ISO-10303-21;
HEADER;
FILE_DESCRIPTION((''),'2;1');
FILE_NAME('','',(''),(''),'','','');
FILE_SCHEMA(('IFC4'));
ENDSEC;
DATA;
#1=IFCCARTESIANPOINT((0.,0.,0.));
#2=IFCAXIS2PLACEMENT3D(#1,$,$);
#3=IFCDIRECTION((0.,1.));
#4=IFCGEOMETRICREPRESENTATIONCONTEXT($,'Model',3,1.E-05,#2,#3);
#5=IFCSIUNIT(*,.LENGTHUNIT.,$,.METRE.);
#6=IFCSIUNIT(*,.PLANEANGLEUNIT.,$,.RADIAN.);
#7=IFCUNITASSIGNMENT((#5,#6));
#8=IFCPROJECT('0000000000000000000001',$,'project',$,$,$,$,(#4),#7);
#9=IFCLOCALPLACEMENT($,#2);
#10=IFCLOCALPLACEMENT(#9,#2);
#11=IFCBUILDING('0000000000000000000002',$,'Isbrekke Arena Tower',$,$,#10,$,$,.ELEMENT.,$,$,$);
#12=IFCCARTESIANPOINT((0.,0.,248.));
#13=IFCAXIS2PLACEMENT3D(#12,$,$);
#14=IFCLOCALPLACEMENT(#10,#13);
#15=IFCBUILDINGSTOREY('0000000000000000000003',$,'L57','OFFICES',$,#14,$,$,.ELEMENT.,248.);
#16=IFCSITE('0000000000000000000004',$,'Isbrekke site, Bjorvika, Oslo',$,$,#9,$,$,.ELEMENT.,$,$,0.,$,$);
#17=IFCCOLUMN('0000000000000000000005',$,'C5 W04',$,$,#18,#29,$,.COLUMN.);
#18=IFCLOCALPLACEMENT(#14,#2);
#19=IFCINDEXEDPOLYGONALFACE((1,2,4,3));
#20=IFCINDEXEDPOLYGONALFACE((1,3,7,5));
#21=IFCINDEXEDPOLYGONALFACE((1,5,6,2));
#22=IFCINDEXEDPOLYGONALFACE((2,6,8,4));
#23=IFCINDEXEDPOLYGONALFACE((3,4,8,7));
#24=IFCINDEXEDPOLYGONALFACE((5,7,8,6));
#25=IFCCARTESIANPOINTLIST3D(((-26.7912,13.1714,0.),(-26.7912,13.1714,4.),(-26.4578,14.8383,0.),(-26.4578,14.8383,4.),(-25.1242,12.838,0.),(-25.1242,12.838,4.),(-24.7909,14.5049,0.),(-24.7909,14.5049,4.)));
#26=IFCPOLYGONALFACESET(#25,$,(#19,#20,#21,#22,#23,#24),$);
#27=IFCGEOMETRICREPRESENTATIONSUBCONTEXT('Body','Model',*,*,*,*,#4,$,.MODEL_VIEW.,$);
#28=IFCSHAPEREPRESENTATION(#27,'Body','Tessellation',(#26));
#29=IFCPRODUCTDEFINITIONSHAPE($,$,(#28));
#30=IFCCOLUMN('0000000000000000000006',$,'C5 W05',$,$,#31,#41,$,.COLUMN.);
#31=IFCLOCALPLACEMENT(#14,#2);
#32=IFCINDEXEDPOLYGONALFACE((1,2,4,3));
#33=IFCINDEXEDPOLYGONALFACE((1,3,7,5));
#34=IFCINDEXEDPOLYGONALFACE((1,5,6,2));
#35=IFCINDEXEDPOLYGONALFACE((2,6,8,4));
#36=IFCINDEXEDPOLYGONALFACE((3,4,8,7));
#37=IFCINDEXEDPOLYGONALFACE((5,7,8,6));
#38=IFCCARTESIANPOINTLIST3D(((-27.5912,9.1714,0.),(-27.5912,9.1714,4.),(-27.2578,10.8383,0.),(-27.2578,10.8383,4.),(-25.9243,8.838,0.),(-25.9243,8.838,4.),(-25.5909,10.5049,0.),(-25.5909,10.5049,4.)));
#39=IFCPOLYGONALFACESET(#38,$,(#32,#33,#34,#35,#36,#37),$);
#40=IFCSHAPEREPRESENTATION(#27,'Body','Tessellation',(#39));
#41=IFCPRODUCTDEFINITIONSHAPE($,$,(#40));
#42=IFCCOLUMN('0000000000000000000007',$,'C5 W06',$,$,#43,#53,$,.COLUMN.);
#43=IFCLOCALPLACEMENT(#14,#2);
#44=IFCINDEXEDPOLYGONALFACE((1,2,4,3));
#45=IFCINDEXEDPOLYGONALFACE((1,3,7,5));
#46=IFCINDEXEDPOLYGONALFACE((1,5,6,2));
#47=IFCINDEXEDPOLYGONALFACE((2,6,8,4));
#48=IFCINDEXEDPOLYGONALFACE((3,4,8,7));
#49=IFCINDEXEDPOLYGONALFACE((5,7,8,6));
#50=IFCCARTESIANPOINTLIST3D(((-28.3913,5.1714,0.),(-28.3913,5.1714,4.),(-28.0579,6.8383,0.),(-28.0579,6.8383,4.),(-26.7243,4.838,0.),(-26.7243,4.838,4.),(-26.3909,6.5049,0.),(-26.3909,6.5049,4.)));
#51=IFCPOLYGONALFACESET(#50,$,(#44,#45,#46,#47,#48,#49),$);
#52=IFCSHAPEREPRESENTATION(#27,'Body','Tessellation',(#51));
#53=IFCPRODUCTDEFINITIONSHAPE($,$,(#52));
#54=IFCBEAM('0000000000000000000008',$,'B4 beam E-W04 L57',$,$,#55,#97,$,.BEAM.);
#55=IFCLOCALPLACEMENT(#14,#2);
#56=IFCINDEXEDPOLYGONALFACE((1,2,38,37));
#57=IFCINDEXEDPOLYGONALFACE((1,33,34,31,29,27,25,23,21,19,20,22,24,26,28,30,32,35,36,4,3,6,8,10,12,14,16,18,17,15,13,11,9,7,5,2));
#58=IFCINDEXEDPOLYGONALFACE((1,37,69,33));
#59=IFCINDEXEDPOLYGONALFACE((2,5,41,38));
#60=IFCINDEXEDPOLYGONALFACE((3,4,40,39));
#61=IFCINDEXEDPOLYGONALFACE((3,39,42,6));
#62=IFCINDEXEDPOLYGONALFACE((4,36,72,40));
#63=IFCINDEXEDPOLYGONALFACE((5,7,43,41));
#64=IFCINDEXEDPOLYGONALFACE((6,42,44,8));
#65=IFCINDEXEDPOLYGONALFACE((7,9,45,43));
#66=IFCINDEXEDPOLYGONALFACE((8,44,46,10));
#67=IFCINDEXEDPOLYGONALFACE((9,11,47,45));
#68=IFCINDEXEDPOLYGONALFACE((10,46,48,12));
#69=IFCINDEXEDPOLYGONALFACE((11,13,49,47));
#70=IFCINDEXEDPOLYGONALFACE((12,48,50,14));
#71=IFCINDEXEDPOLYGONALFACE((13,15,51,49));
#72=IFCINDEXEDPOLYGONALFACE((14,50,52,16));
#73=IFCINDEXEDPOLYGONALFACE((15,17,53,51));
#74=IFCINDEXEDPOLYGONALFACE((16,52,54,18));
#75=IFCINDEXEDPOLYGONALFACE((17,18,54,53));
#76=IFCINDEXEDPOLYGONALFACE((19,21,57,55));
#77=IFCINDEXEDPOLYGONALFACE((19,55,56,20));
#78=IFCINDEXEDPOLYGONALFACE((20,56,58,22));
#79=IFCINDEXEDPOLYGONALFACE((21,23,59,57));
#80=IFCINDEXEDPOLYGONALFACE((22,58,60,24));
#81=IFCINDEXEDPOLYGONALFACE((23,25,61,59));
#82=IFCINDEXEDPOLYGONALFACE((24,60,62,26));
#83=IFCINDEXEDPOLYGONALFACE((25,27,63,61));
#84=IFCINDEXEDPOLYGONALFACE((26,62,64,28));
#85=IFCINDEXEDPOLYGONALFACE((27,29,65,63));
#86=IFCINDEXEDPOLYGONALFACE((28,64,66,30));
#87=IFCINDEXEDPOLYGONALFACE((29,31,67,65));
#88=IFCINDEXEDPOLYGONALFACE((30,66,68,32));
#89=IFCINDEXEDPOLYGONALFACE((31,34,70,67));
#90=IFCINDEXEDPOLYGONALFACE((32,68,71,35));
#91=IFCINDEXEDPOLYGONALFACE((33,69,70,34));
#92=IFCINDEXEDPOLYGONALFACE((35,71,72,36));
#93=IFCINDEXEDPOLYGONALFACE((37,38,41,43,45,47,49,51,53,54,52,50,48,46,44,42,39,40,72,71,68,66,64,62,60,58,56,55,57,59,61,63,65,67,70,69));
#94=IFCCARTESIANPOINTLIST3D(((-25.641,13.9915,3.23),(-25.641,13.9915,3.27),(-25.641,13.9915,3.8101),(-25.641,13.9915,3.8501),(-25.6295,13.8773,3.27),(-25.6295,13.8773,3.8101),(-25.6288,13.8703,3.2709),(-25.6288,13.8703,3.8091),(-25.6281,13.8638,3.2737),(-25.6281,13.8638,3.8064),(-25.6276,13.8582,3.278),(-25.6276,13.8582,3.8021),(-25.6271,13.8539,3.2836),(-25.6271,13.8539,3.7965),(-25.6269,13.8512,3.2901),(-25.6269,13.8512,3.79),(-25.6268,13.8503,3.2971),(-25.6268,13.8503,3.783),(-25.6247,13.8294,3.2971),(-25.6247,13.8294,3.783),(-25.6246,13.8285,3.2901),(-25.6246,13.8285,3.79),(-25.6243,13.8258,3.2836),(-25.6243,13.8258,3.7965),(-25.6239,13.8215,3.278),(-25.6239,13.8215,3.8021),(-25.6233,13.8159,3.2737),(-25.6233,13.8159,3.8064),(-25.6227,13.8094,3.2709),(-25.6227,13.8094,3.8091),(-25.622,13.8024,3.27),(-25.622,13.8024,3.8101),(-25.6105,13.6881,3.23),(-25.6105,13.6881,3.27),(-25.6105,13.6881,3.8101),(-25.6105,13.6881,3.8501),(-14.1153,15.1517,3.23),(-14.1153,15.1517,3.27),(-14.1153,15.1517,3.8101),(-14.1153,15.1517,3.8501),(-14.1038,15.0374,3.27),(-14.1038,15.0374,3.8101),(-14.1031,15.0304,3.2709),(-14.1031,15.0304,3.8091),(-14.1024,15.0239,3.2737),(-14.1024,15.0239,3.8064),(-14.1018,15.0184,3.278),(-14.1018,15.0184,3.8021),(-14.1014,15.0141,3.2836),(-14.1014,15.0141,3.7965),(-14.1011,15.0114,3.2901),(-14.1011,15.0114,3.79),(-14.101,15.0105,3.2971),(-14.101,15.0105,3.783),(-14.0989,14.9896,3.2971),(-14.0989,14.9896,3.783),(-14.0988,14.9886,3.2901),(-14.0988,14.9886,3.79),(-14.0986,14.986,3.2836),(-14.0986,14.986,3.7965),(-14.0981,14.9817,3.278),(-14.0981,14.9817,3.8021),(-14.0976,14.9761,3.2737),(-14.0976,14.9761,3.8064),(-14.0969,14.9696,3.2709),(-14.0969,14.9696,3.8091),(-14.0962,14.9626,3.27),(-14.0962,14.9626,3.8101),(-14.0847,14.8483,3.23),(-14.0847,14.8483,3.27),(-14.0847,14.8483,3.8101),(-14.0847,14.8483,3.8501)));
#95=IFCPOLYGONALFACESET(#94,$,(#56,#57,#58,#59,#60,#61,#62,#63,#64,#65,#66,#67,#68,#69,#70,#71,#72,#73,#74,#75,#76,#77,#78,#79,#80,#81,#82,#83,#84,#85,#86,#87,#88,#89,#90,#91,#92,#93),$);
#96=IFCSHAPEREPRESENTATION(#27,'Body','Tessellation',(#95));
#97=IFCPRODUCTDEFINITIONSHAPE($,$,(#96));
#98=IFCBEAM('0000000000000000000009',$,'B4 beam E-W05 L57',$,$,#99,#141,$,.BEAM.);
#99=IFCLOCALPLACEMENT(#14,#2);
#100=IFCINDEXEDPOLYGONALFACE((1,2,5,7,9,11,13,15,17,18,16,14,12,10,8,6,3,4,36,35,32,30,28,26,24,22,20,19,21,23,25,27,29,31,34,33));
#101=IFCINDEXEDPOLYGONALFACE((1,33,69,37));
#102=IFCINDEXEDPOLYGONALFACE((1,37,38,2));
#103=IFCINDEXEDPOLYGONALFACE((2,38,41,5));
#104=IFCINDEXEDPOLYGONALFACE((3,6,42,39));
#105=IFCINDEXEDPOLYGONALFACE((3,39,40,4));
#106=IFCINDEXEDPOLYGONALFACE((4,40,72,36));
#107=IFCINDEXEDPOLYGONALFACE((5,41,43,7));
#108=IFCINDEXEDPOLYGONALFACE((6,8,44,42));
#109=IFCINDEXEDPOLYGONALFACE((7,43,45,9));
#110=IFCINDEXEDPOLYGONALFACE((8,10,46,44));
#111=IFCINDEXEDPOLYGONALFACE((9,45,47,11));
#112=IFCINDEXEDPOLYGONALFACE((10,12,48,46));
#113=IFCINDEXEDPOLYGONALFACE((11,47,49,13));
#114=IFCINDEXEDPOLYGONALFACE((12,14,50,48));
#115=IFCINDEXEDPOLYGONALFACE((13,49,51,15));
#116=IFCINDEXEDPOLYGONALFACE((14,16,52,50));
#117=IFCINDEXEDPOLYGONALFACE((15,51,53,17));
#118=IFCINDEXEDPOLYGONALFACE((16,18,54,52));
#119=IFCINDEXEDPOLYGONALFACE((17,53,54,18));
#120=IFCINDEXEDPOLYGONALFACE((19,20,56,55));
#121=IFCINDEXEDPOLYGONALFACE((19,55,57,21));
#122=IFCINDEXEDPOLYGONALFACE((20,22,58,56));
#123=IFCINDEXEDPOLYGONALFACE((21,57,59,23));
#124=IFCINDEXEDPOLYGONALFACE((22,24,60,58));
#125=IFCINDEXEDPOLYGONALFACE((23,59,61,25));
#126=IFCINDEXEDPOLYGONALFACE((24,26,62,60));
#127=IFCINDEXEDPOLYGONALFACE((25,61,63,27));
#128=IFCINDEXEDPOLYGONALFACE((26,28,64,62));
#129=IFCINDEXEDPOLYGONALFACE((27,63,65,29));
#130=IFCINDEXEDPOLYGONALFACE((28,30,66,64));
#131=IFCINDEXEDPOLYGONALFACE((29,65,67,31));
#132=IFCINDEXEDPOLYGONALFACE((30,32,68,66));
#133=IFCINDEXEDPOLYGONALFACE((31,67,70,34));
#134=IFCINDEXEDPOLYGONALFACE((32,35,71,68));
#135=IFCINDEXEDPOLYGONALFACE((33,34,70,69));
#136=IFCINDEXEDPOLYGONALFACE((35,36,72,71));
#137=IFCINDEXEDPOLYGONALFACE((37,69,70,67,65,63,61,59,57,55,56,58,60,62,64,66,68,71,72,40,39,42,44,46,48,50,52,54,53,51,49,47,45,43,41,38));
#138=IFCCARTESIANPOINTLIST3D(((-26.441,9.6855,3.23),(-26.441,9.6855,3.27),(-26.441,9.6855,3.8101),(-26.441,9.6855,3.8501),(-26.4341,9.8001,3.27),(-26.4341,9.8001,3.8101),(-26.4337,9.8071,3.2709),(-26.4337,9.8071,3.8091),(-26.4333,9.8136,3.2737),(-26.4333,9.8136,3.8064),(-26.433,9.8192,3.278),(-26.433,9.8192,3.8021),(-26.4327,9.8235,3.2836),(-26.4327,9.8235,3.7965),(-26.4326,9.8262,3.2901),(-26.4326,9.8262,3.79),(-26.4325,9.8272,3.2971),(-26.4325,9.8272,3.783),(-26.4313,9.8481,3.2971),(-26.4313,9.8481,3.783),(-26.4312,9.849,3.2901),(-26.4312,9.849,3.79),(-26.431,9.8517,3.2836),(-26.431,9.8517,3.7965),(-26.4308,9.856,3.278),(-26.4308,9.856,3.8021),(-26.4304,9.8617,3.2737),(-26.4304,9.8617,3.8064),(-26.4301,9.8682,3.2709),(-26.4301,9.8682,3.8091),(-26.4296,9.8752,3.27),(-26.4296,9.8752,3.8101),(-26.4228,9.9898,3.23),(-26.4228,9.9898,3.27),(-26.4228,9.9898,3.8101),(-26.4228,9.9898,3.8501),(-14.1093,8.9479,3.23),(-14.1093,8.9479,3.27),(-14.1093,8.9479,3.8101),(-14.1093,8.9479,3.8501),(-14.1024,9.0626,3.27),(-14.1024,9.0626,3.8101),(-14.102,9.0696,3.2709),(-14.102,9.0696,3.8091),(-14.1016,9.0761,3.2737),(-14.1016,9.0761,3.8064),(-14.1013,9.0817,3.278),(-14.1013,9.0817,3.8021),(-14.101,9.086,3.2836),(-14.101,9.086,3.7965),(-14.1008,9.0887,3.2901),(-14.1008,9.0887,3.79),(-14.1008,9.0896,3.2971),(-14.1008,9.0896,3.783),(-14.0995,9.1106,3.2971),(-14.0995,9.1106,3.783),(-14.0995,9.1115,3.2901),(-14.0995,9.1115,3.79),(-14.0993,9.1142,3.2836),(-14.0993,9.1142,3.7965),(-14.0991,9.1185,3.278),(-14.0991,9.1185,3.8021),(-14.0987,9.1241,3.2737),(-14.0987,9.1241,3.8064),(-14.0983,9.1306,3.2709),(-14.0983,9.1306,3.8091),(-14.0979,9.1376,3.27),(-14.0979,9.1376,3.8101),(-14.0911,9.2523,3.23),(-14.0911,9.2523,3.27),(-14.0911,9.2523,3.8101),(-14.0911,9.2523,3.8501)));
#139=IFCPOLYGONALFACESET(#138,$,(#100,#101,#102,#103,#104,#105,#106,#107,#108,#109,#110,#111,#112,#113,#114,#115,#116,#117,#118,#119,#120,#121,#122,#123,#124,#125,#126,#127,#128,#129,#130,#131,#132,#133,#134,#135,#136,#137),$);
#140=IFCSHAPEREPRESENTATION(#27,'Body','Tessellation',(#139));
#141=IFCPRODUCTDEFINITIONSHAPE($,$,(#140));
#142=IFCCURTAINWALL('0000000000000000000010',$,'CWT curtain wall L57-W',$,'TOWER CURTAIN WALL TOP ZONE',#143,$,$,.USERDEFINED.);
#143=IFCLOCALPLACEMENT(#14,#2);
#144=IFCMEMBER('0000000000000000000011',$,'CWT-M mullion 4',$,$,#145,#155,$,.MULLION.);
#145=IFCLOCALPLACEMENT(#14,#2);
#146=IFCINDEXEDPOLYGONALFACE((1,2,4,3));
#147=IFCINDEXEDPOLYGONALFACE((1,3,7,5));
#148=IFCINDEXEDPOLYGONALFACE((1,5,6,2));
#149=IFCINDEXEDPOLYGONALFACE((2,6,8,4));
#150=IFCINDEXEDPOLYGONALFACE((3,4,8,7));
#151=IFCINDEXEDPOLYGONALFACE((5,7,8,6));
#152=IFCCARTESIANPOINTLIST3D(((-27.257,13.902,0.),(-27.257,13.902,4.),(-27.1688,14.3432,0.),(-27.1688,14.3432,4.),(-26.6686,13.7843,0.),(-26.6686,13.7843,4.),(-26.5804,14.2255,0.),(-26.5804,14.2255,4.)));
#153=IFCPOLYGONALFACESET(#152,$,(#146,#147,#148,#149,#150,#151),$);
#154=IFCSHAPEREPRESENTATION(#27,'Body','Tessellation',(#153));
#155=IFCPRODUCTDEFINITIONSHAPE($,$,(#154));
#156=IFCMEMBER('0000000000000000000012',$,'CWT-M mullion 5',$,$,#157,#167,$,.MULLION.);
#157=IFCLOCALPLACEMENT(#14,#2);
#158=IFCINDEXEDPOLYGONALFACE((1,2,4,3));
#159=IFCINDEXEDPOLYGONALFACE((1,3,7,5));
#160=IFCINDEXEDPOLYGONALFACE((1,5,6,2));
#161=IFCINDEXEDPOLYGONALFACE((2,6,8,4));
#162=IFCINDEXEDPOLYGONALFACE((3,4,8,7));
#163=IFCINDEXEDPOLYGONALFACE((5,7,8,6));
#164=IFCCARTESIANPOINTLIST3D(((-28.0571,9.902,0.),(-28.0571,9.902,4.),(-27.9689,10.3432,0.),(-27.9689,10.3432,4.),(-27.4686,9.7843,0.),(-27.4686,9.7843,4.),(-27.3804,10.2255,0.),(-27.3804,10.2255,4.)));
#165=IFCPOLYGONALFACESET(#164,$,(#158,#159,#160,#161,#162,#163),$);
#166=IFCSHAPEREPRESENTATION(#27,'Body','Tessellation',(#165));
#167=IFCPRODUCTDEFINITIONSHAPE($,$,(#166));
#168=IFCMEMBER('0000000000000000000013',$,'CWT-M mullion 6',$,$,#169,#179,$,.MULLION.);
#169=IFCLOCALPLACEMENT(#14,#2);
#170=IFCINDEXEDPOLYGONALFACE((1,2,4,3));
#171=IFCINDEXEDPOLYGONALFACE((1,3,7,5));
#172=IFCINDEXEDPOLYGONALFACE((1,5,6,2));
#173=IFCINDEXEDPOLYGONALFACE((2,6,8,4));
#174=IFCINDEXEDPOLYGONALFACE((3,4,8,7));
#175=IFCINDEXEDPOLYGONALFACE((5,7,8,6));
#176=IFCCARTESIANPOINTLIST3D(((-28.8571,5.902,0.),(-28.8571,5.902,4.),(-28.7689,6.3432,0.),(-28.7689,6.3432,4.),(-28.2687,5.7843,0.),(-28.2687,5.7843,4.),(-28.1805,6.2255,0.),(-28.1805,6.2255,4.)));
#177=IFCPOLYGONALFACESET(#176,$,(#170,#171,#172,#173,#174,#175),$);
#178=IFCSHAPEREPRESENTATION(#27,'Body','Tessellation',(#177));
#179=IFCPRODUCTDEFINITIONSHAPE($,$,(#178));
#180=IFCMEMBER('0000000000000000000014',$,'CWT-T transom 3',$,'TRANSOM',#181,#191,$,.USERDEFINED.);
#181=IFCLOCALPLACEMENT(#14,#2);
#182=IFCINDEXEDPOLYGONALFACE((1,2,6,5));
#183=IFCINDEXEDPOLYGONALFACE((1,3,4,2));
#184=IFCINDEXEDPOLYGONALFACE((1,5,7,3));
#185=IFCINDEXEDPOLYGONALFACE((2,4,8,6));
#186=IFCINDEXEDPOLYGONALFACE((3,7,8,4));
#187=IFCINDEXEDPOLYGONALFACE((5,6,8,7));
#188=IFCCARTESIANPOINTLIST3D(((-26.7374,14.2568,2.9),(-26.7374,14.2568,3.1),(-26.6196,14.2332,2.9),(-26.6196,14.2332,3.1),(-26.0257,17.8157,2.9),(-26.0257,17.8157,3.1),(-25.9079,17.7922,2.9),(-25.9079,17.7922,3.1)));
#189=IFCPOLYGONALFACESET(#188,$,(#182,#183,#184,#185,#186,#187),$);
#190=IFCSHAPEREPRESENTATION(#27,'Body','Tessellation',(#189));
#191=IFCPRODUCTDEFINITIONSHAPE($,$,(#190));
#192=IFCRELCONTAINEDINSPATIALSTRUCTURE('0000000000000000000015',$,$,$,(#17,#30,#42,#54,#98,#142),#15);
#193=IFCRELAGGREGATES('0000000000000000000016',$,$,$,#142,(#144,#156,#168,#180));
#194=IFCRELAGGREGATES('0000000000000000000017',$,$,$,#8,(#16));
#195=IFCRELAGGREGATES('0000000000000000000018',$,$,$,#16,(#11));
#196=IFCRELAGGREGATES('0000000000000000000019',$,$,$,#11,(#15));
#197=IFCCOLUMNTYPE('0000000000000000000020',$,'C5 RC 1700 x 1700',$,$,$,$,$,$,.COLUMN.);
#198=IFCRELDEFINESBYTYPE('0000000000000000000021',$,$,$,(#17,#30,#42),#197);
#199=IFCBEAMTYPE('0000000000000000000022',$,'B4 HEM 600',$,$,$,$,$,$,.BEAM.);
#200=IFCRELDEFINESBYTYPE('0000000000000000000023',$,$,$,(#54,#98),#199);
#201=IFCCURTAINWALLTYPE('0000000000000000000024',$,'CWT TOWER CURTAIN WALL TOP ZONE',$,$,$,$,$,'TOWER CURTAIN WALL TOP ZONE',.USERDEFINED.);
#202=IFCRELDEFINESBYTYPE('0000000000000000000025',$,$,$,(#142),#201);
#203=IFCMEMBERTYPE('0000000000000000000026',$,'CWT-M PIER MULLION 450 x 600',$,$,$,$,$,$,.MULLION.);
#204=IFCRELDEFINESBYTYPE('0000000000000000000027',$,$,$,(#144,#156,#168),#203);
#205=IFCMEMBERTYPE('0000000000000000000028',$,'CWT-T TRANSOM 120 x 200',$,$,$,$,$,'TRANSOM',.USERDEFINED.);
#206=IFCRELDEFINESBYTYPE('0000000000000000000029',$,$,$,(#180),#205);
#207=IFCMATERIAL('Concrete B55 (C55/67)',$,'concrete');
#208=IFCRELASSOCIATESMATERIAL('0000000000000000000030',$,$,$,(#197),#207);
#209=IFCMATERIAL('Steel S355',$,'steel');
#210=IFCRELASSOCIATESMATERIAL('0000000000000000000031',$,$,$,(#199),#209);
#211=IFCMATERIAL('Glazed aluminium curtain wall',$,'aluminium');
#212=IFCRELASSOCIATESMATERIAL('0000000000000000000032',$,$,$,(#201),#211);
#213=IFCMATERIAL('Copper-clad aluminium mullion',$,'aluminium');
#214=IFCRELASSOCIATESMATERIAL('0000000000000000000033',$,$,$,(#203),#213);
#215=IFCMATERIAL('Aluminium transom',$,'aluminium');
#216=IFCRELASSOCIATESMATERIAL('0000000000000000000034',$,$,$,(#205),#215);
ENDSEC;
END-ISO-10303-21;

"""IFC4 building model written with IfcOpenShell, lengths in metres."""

from ifc_helpers import new_model, si_unit, direction, frame, origin, origin_2d, place, context, subcontext, project, spatial, rectangle, i_section, extrude, material, material_profile, profile_set, type_object, element, aggregate, save


model = new_model("IFC4")

# Units and contexts
model_context = context("Model", 3, precision=1e-05, world=origin(), true_north=direction((0.0, 1.0)))
body_context = subcontext(model_context, "Body", "Model", "MODEL_VIEW")
ifc_project = project(units=[si_unit("LENGTHUNIT", "METRE"), si_unit("PLANEANGLEUNIT", "RADIAN")], contexts=[model_context])

# Site, building, storey
site_placement = place(None, origin())
site = spatial("IfcSite", under=ifc_project, at=site_placement, Name="Isbrekke site, Bjorvika, Oslo", CompositionType="ELEMENT", RefElevation=0.0)
building_placement = place(site_placement, origin())
building = spatial("IfcBuilding", under=site, at=building_placement, Name="Isbrekke Arena Tower", CompositionType="ELEMENT")
storey_placement = place(building_placement, frame((0.0, 0.0, 248.0)))
storey = spatial("IfcBuildingStorey", under=building, at=storey_placement, Name="L57", Description="OFFICES", CompositionType="ELEMENT", Elevation=248.0)

# Columns
ifc_material_1 = material(Name="Concrete B55 (C55/67)", Category="concrete")
ifc_material_profile_1 = material_profile(ifc_material_1, rectangle(XDim=1.7, YDim=1.7, at=origin_2d()), Name="RC 1700x1700")
ifc_profile_set_1 = profile_set([ifc_material_profile_1], Name="Concrete B55 (C55/67)")
column_type = type_object("IfcColumnType", Name="C5 RC 1700 x 1700", PredefinedType="COLUMN", material=ifc_profile_set_1)
for number, where, z_axis, x_axis, name in (
    (1, (-25.791, 13.8381, 0.0), (0.0, 0.0, 1.0), (-0.196116, -0.980581, 0.0), "C5 W04"),
    (2, (-26.5911, 9.8381, 0.0), (0.0, 0.0, 1.0), (-0.196116, -0.980581, 0.0), "C5 W05"),
    (3, (-27.3911, 5.8381, 0.0), (0.0, 0.0, 1.0), (-0.196116, -0.980581, 0.0), "C5 W06"),
):
    element("IfcColumn", number, at=place(storey_placement, frame(where, z_axis=z_axis, x_axis=x_axis)), inside=storey, type_object=column_type, Name=name, PredefinedType="COLUMN", context=body_context, shape_type="SweptSolid", body=[
        extrude(rectangle(XDim=1.7, YDim=1.7, at=origin_2d()), origin(), (0.0, 0.0, 1.0), 4.0),
    ])

# Beams
ifc_material_2 = material(Name="Steel S355", Category="steel")
ifc_material_profile_2 = material_profile(ifc_material_2, i_section(OverallWidth=0.3049, OverallDepth=0.6201, WebThickness=0.021, FlangeThickness=0.04, FilletRadius=0.0271, at=origin_2d()), Name="HEM 600")
ifc_profile_set_2 = profile_set([ifc_material_profile_2], Name="Steel S355")
beam_type_1 = type_object("IfcBeamType", Name="B4 HEM 600", PredefinedType="BEAM", material=ifc_profile_set_2)
beam_1_placement = place(storey_placement, frame((-25.6257, 13.8398, 3.54), z_axis=(0.994972, 0.100153, 0.0), x_axis=(-0.100153, 0.994972, 0.0)))
element("IfcBeam", 4, at=beam_1_placement, inside=storey, type_object=beam_type_1, Name="B4 beam E-W04 L57", PredefinedType="BEAM", context=body_context, shape_type="SweptSolid", body=[
    extrude(i_section(OverallWidth=0.3049, OverallDepth=0.6201, WebThickness=0.021, FlangeThickness=0.04, FilletRadius=0.0271, at=origin_2d()), origin(), (0.0, 0.0, 1.0), 11.584),
])
beam_2_placement = place(storey_placement, frame((-26.4319, 9.8376, 3.54), z_axis=(0.998216, -0.059702, 0.0), x_axis=(0.059702, 0.998216, 0.0)))
element("IfcBeam", 5, at=beam_2_placement, inside=storey, type_object=beam_type_1, Name="B4 beam E-W05 L57", PredefinedType="BEAM", context=body_context, shape_type="SweptSolid", body=[
    extrude(i_section(OverallWidth=0.3049, OverallDepth=0.6201, WebThickness=0.021, FlangeThickness=0.04, FilletRadius=0.0271, at=origin_2d()), origin(), (0.0, 0.0, 1.0), 12.3538),
])

# Curtain wall, members
ifc_material_3 = material(Name="Glazed aluminium curtain wall", Category="aluminium")
curtain_wall_type = type_object("IfcCurtainWallType", Name="CWT TOWER CURTAIN WALL TOP ZONE", ElementType="TOWER CURTAIN WALL TOP ZONE", PredefinedType="USERDEFINED", material=ifc_material_3)
curtain_wall_placement = place(storey_placement, origin())
curtain_wall = element("IfcCurtainWall", 6, at=curtain_wall_placement, inside=storey, type_object=curtain_wall_type, Name="CWT curtain wall L57-W", ObjectType="TOWER CURTAIN WALL TOP ZONE", PredefinedType="USERDEFINED")
ifc_material_4 = material(Name="Copper-clad aluminium mullion", Category="aluminium")
ifc_material_profile_3 = material_profile(ifc_material_4, rectangle(XDim=0.45, YDim=0.6001, at=origin_2d()), Name="PIER 450X600")
ifc_profile_set_3 = profile_set([ifc_material_profile_3], Name="Copper-clad aluminium mullion")
member_type_1 = type_object("IfcMemberType", Name="CWT-M PIER MULLION 450 x 600", PredefinedType="MULLION", material=ifc_profile_set_3)
member_1_placement = place(storey_placement, frame((-26.9187, 14.0637, 0.0), z_axis=(0.0, 0.0, 1.0), x_axis=(-0.196116, -0.980581, 0.0)))
member_1 = element("IfcMember", 7, at=member_1_placement, type_object=member_type_1, Name="CWT-M mullion 4", PredefinedType="MULLION", context=body_context, shape_type="SweptSolid", body=[
    extrude(rectangle(XDim=0.45, YDim=0.6001, at=origin_2d()), origin(), (0.0, 0.0, 1.0), 4.0),
])
member_2_placement = place(storey_placement, frame((-27.7188, 10.0637, 0.0), z_axis=(0.0, 0.0, 1.0), x_axis=(-0.196116, -0.980581, 0.0)))
member_2 = element("IfcMember", 8, at=member_2_placement, type_object=member_type_1, Name="CWT-M mullion 5", PredefinedType="MULLION", context=body_context, shape_type="SweptSolid", body=[
    extrude(rectangle(XDim=0.45, YDim=0.6001, at=origin_2d()), origin(), (0.0, 0.0, 1.0), 4.0),
])
member_3_placement = place(storey_placement, frame((-28.5188, 6.0637, 0.0), z_axis=(0.0, 0.0, 1.0), x_axis=(-0.196116, -0.980581, 0.0)))
member_3 = element("IfcMember", 9, at=member_3_placement, type_object=member_type_1, Name="CWT-M mullion 6", PredefinedType="MULLION", context=body_context, shape_type="SweptSolid", body=[
    extrude(rectangle(XDim=0.45, YDim=0.6001, at=origin_2d()), origin(), (0.0, 0.0, 1.0), 4.0),
])
ifc_material_5 = material(Name="Aluminium transom", Category="aluminium")
ifc_material_profile_4 = material_profile(ifc_material_5, rectangle(XDim=0.1201, YDim=0.2, at=origin_2d()), Name="TRANSOM 120X200")
ifc_profile_set_4 = profile_set([ifc_material_profile_4], Name="Aluminium transom")
member_type_2 = type_object("IfcMemberType", Name="CWT-T TRANSOM 120 x 200", ElementType="TRANSOM", PredefinedType="USERDEFINED", material=ifc_profile_set_4)
member_4_placement = place(storey_placement, frame((-25.9668, 17.804, 3.0), z_axis=(-0.19609, -0.980586, 0.0), x_axis=(0.980586, -0.19609, 0.0)))
member_4 = element("IfcMember", 10, at=member_4_placement, type_object=member_type_2, Name="CWT-T transom 3", ObjectType="TRANSOM", PredefinedType="USERDEFINED", context=body_context, shape_type="SweptSolid", body=[
    extrude(rectangle(XDim=0.1201, YDim=0.2, at=origin_2d()), origin(), (0.0, 0.0, 1.0), 3.6294),
])

aggregate(curtain_wall, [member_1, member_2, member_3, member_4])

save(model, "model.ifc")
